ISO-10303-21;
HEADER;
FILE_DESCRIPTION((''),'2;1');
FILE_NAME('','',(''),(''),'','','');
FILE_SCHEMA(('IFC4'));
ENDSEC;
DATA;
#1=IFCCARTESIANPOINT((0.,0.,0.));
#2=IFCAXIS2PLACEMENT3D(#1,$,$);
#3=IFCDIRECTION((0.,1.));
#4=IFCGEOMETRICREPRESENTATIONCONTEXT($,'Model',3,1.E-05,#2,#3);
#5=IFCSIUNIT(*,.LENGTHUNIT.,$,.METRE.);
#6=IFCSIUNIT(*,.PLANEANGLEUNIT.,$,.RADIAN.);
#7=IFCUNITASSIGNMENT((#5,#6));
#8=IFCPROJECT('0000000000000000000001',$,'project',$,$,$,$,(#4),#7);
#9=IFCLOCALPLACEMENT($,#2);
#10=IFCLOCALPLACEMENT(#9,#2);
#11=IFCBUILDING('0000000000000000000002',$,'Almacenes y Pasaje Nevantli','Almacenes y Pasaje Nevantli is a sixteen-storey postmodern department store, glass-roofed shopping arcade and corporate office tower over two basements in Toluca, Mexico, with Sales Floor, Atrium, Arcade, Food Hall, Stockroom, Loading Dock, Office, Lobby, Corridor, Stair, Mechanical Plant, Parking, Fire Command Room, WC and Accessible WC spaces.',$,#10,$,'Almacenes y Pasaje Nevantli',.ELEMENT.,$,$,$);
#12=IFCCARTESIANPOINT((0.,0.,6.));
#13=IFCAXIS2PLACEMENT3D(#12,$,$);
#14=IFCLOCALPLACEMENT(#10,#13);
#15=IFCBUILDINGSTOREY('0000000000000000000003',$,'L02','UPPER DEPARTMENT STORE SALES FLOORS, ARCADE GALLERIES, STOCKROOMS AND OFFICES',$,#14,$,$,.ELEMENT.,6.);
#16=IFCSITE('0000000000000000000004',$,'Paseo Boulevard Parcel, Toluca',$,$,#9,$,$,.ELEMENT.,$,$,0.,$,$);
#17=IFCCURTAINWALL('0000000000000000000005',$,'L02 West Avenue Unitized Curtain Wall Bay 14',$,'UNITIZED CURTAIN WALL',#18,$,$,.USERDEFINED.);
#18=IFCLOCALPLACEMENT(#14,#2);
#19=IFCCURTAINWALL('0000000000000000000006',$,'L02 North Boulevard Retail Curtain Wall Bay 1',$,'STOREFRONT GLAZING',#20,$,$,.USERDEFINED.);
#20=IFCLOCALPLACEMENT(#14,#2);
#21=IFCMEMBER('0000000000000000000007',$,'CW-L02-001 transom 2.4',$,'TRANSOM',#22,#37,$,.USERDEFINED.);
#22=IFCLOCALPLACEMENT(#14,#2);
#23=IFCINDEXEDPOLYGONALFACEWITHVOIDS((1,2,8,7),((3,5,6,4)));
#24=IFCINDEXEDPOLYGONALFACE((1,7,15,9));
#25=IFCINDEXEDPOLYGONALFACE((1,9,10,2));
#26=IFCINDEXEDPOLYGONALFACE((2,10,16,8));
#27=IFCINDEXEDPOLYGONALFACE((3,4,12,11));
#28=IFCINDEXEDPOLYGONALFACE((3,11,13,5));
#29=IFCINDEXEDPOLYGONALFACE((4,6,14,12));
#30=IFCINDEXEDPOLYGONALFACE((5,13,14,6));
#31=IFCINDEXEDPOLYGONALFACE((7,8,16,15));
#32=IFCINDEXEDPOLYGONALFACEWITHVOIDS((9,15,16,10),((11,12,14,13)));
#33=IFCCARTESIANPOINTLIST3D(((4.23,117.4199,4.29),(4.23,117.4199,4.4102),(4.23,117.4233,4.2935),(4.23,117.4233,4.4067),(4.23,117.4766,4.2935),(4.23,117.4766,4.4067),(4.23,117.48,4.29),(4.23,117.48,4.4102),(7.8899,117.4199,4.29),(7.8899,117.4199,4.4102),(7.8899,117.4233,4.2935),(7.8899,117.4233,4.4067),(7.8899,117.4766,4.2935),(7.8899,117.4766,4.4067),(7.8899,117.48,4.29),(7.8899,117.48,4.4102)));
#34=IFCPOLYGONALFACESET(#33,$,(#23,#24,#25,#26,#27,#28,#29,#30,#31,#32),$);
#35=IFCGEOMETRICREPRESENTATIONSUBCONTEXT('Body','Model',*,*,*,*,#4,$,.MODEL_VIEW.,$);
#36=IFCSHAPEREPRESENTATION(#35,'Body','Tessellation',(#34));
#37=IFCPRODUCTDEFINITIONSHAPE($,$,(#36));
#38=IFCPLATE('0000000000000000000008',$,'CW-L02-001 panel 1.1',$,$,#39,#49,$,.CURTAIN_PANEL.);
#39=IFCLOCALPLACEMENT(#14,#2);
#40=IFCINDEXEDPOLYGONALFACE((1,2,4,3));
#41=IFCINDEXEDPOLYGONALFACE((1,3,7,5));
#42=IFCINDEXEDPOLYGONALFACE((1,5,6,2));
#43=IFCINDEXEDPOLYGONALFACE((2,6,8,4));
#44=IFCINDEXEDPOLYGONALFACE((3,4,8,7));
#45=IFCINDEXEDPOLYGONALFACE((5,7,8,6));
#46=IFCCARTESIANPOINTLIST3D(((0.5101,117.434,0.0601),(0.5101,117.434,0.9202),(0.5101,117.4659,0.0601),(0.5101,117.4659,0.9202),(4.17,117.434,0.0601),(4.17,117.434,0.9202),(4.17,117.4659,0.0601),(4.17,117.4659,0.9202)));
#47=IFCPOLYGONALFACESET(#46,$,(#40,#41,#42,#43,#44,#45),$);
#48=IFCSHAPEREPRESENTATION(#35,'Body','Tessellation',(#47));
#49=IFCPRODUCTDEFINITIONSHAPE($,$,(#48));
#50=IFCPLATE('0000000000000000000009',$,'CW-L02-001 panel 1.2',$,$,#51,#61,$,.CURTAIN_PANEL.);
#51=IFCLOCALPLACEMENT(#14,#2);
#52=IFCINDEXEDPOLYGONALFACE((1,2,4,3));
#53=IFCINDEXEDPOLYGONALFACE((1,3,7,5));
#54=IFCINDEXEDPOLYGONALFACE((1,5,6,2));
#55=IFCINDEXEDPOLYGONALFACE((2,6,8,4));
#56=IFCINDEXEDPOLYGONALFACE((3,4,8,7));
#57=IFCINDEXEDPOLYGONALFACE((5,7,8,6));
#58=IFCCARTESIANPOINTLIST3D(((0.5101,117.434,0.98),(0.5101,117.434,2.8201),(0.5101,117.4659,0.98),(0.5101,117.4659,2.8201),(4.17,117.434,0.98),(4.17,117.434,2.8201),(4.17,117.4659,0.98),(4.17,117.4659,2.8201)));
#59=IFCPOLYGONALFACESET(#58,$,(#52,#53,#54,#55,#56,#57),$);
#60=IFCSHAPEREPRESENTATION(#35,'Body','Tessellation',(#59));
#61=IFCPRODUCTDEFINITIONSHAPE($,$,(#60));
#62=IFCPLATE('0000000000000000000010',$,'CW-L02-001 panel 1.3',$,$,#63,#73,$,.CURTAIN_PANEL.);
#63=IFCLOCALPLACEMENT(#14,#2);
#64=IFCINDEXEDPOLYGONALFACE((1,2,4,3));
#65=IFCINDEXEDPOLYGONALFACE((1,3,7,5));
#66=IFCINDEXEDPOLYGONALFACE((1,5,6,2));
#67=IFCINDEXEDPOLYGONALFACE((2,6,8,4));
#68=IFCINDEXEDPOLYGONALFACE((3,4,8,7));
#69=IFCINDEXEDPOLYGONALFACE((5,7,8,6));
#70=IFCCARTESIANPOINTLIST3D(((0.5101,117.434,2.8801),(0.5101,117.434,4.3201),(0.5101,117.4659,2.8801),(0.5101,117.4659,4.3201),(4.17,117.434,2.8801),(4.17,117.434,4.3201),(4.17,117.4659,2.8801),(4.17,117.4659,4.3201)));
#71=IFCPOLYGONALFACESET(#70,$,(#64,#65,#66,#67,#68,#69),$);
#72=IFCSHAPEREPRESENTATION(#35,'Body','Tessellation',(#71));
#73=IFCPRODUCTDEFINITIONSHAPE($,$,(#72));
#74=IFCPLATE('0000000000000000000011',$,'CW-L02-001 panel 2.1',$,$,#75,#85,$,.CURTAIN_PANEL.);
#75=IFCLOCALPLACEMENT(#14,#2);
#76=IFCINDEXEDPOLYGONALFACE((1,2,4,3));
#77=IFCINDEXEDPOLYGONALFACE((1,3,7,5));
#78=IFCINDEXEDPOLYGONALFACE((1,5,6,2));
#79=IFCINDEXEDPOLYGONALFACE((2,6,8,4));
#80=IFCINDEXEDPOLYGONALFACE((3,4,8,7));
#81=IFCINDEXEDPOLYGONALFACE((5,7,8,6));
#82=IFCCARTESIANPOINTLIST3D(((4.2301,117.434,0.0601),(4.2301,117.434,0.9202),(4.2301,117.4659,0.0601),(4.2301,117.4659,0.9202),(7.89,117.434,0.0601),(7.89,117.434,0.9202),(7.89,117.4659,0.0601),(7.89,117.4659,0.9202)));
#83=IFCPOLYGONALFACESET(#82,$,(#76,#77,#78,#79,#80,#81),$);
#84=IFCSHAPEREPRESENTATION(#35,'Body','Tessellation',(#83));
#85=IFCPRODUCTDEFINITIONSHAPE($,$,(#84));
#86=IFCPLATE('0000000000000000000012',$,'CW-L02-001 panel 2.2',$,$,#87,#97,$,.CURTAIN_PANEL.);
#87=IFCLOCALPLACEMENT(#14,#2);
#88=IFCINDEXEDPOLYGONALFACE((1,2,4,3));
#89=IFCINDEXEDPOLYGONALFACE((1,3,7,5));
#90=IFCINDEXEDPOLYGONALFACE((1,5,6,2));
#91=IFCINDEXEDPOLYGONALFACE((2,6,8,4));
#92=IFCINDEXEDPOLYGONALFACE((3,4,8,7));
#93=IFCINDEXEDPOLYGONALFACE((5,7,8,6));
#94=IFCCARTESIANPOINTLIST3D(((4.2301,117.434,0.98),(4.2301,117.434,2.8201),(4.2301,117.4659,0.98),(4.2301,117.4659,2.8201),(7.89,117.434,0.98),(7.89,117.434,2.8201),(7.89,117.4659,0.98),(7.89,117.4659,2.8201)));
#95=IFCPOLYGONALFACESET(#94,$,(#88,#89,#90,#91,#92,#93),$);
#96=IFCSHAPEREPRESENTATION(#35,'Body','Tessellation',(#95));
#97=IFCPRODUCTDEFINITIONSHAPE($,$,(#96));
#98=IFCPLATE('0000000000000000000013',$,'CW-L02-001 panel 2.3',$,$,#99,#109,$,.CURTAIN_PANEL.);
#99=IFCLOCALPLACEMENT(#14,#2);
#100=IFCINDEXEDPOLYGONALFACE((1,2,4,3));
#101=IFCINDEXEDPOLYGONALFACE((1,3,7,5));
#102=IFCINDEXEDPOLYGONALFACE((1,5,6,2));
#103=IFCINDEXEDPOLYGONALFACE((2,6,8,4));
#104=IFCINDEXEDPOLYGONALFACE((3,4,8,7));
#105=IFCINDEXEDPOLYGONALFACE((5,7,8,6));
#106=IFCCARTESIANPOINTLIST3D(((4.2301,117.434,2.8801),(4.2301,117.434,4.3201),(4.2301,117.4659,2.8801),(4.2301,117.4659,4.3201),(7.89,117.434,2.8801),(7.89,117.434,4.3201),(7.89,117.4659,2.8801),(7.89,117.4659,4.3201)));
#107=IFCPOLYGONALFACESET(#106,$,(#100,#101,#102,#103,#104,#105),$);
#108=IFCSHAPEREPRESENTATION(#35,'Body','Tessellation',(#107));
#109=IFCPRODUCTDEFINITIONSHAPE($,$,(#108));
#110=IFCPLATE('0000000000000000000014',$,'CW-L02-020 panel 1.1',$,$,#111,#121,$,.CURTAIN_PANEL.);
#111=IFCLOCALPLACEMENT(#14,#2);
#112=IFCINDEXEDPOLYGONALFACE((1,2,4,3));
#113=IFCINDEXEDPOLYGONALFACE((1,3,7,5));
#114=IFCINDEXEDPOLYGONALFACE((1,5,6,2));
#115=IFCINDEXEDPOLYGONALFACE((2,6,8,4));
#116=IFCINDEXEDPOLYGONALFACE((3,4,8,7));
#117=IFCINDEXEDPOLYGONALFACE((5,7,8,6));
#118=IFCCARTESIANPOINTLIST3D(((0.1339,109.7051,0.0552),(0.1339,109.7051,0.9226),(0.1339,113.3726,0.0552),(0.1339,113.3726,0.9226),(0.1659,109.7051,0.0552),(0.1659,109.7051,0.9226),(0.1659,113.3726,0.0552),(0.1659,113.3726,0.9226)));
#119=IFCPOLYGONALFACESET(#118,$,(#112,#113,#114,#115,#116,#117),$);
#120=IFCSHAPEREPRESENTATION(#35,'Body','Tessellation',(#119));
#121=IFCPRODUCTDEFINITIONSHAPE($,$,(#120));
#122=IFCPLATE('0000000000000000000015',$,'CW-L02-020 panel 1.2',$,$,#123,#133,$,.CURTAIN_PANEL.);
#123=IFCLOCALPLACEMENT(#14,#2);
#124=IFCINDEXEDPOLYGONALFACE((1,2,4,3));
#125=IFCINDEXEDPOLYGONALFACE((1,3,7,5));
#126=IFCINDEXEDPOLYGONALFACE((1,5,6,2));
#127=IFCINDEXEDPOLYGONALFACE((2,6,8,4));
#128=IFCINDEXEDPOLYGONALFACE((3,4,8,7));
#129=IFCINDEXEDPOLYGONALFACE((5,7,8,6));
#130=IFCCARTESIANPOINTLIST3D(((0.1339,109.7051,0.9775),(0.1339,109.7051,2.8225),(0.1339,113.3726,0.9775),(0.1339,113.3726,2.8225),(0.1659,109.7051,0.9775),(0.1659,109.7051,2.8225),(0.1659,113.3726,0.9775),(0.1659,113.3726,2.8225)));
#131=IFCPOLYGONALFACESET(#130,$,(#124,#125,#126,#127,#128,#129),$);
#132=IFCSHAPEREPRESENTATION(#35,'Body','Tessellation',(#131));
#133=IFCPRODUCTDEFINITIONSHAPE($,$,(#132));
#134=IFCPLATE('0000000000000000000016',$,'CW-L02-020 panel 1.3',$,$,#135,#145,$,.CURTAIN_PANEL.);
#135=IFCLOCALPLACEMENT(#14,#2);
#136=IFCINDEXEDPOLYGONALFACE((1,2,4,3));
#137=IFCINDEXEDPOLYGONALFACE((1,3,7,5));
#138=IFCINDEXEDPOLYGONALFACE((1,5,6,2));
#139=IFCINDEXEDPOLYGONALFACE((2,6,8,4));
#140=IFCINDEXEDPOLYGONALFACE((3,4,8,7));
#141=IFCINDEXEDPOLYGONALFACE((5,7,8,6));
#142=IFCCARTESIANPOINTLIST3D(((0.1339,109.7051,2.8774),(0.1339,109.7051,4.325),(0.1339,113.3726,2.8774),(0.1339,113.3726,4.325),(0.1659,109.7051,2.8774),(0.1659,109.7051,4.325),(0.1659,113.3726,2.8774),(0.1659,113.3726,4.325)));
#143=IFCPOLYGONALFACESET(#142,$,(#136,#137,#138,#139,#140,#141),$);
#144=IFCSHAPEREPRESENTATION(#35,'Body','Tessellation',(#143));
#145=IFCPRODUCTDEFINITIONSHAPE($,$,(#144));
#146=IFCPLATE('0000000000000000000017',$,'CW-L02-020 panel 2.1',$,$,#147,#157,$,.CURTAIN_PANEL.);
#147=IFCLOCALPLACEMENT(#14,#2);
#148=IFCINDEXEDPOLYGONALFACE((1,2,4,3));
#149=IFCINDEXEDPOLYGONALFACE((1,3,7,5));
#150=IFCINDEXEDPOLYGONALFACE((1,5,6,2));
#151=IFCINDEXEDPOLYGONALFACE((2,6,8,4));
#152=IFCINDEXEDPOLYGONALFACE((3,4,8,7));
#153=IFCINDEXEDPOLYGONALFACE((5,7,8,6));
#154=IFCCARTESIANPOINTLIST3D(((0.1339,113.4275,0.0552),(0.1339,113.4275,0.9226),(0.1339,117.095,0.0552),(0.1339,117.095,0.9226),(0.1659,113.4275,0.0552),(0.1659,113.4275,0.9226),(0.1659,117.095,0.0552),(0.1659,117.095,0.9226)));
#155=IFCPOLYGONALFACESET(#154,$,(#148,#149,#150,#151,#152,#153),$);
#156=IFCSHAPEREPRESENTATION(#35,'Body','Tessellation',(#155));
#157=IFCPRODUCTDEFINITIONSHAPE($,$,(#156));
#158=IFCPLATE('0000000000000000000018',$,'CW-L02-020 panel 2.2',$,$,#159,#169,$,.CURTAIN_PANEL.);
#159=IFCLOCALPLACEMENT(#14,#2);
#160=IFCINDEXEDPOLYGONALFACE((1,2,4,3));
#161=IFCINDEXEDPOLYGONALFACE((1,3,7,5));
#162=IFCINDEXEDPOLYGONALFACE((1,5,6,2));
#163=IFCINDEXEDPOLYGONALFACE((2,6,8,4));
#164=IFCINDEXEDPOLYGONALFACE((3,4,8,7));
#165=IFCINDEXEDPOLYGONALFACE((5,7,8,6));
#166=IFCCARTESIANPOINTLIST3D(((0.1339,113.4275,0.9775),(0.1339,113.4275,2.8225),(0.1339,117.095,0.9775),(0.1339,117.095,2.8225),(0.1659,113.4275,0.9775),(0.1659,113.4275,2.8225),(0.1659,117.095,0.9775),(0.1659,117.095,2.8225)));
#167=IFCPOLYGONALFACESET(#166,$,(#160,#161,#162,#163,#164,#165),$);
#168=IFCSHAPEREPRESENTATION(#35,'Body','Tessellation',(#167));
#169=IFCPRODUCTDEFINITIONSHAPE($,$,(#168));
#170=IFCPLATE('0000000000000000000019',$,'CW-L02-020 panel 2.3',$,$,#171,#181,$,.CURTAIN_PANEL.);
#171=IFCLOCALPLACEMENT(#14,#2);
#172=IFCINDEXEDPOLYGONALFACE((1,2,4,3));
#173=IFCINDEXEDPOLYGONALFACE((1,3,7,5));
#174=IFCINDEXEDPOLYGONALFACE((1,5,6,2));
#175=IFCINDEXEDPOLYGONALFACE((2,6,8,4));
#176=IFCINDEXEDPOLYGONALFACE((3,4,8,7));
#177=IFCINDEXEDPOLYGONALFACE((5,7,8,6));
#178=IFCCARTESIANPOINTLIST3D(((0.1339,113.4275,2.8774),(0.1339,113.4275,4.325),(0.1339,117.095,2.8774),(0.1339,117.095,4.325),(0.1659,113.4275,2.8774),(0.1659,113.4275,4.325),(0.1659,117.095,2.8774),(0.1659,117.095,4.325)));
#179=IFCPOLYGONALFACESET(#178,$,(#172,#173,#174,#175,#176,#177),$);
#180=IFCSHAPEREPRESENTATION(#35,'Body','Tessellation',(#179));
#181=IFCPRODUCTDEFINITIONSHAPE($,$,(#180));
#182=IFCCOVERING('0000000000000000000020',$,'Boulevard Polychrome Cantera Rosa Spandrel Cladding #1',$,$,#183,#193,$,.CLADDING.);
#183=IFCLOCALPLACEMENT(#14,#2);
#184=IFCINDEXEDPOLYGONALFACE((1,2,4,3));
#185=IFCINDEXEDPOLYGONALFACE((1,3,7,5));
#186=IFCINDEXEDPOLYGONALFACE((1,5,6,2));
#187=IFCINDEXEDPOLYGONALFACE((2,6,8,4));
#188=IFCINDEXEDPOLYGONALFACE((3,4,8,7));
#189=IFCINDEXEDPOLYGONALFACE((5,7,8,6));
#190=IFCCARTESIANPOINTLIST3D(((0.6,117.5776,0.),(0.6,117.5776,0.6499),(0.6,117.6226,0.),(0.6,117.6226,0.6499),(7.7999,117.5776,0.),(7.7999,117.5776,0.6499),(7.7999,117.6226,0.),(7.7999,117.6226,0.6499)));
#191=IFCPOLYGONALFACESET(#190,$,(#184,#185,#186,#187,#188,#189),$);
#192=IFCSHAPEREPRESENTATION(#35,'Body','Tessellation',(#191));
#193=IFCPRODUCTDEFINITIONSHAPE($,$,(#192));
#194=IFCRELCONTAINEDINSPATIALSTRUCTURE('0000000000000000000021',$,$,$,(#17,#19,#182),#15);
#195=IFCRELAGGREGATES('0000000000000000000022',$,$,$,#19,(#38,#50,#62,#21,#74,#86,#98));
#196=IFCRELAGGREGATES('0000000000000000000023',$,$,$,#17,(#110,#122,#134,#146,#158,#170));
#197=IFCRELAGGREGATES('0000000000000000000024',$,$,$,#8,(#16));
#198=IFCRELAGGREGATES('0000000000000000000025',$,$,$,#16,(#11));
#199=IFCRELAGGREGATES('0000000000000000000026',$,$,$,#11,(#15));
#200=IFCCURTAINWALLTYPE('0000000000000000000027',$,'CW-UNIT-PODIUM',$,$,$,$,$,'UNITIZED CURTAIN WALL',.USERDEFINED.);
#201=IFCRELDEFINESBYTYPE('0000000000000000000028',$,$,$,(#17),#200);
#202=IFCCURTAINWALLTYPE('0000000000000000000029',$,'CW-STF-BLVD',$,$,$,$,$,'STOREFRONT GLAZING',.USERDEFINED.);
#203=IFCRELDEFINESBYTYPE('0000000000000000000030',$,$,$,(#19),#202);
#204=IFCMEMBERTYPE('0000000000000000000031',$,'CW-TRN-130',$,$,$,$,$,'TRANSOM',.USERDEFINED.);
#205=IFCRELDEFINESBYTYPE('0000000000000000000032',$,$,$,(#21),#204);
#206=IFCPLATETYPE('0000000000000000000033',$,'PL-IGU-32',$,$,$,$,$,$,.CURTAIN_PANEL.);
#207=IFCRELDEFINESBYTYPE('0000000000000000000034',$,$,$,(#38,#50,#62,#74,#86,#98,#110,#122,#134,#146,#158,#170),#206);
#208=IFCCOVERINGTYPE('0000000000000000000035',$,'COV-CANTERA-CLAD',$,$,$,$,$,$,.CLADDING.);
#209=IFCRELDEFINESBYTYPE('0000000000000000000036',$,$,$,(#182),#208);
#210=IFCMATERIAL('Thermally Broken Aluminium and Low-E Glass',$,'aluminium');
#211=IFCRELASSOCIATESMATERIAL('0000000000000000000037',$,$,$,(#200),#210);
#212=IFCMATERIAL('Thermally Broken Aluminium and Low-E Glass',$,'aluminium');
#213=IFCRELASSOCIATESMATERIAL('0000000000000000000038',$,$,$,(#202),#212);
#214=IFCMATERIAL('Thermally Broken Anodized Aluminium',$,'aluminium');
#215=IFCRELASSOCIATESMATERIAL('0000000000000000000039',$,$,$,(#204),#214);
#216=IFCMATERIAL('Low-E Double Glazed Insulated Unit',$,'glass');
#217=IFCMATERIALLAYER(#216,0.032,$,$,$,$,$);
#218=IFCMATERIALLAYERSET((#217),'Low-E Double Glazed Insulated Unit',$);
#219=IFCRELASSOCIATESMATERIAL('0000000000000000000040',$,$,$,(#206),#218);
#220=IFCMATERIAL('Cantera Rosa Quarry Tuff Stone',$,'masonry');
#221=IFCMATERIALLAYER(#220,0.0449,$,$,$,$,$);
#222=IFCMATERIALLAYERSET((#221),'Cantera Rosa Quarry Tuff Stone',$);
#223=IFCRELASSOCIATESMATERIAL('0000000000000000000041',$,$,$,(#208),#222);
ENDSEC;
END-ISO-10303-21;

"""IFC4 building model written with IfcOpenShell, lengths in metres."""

from ifc_helpers import new_model, si_unit, direction, frame, origin, origin_2d, place, context, subcontext, project, spatial, rectangle, hollow_rectangle, extrude, material, layer, layer_set, material_profile, profile_set, type_object, element, aggregate, save


model = new_model("IFC4")

# Units and contexts
model_context = context("Model", 3, precision=1e-05, world=origin(), true_north=direction((0.0, 1.0)))
body_context = subcontext(model_context, "Body", "Model", "MODEL_VIEW")
ifc_project = project(units=[si_unit("LENGTHUNIT", "METRE"), si_unit("PLANEANGLEUNIT", "RADIAN")], contexts=[model_context])

# Site, building, storey
site_placement = place(None, origin())
site = spatial("IfcSite", under=ifc_project, at=site_placement, Name="Paseo Boulevard Parcel, Toluca", CompositionType="ELEMENT", RefElevation=0.0)
building_placement = place(site_placement, origin())
building = spatial("IfcBuilding", under=site, at=building_placement, Name="Almacenes y Pasaje Nevantli", Description="Almacenes y Pasaje Nevantli is a sixteen-storey postmodern department store, glass-roofed shopping arcade and corporate office tower over two basements in Toluca, Mexico, with Sales Floor, Atrium, Arcade, Food Hall, Stockroom, Loading Dock, Office, Lobby, Corridor, Stair, Mechanical Plant, Parking, Fire Command Room, WC and Accessible WC spaces.", LongName="Almacenes y Pasaje Nevantli", CompositionType="ELEMENT")
storey_placement = place(building_placement, frame((0.0, 0.0, 6.0)))
storey = spatial("IfcBuildingStorey", under=building, at=storey_placement, Name="L02", Description="UPPER DEPARTMENT STORE SALES FLOORS, ARCADE GALLERIES, STOCKROOMS AND OFFICES", CompositionType="ELEMENT", Elevation=6.0)

# Curtain walls
ifc_material_1 = material(Name="Thermally Broken Aluminium and Low-E Glass", Category="aluminium")
curtain_wall_type_1 = type_object("IfcCurtainWallType", Name="CW-UNIT-PODIUM", ElementType="UNITIZED CURTAIN WALL", PredefinedType="USERDEFINED", material=ifc_material_1)
curtain_wall_1_placement = place(storey_placement, origin())
curtain_wall_1 = element("IfcCurtainWall", 1, at=curtain_wall_1_placement, inside=storey, type_object=curtain_wall_type_1, Name="L02 West Avenue Unitized Curtain Wall Bay 14", ObjectType="UNITIZED CURTAIN WALL", PredefinedType="USERDEFINED")
ifc_material_2 = material(Name="Thermally Broken Aluminium and Low-E Glass", Category="aluminium")
curtain_wall_type_2 = type_object("IfcCurtainWallType", Name="CW-STF-BLVD", ElementType="STOREFRONT GLAZING", PredefinedType="USERDEFINED", material=ifc_material_2)
curtain_wall_2_placement = place(storey_placement, origin())
curtain_wall_2 = element("IfcCurtainWall", 2, at=curtain_wall_2_placement, inside=storey, type_object=curtain_wall_type_2, Name="L02 North Boulevard Retail Curtain Wall Bay 1", ObjectType="STOREFRONT GLAZING", PredefinedType="USERDEFINED")

# Member
ifc_material_3 = material(Name="Thermally Broken Anodized Aluminium", Category="aluminium")
ifc_material_profile_1 = material_profile(ifc_material_3, hollow_rectangle(XDim=0.0601, YDim=0.1201, WallThickness=0.0034, at=origin_2d()), Name="ALU-TRN-60x120")
ifc_profile_set_1 = profile_set([ifc_material_profile_1], Name="Thermally Broken Anodized Aluminium")
member_type_1 = type_object("IfcMemberType", Name="CW-TRN-130", ElementType="TRANSOM", PredefinedType="USERDEFINED", material=ifc_profile_set_1)
member_1_placement = place(storey_placement, frame((4.23, 117.45, 4.3501), z_axis=(1.0, 0.0, 0.0), x_axis=(0.0, 1.0, 0.0)))
member_1 = element("IfcMember", 3, at=member_1_placement, type_object=member_type_1, Name="CW-L02-001 transom 2.4", ObjectType="TRANSOM", PredefinedType="USERDEFINED", context=body_context, shape_type="SweptSolid", body=[
    extrude(hollow_rectangle(XDim=0.0601, YDim=0.1201, WallThickness=0.0034, at=origin_2d()), origin(), (0.0, 0.0, 1.0), 3.6599),
])

# Plates
ifc_material_4 = material(Name="Low-E Double Glazed Insulated Unit", Category="glass")
ifc_layer_1 = layer(ifc_material_4, 0.032)
ifc_layer_set_1 = layer_set([ifc_layer_1], Name="Low-E Double Glazed Insulated Unit")
plate_type = type_object("IfcPlateType", Name="PL-IGU-32", PredefinedType="CURTAIN_PANEL", material=ifc_layer_set_1)
plate_1_placement = place(storey_placement, frame((2.3401, 117.45, 0.0601), z_axis=(0.0, 0.0, 1.0), x_axis=(1.0, 0.0, 0.0)))
plate_1 = element("IfcPlate", 4, at=plate_1_placement, type_object=plate_type, Name="CW-L02-001 panel 1.1", PredefinedType="CURTAIN_PANEL", context=body_context, shape_type="SweptSolid", body=[
    extrude(rectangle(XDim=3.6599, YDim=0.032, at=origin_2d()), origin(), (0.0, 0.0, 1.0), 0.8601),
])
plate_2_placement = place(storey_placement, frame((2.3401, 117.45, 0.98), z_axis=(0.0, 0.0, 1.0), x_axis=(1.0, 0.0, 0.0)))
plate_2 = element("IfcPlate", 5, at=plate_2_placement, type_object=plate_type, Name="CW-L02-001 panel 1.2", PredefinedType="CURTAIN_PANEL", context=body_context, shape_type="SweptSolid", body=[
    extrude(rectangle(XDim=3.6599, YDim=0.032, at=origin_2d()), origin(), (0.0, 0.0, 1.0), 1.8401),
])
plate_3_placement = place(storey_placement, frame((2.3401, 117.45, 2.8801), z_axis=(0.0, 0.0, 1.0), x_axis=(1.0, 0.0, 0.0)))
plate_3 = element("IfcPlate", 6, at=plate_3_placement, type_object=plate_type, Name="CW-L02-001 panel 1.3", PredefinedType="CURTAIN_PANEL", context=body_context, shape_type="SweptSolid", body=[
    extrude(rectangle(XDim=3.6599, YDim=0.032, at=origin_2d()), origin(), (0.0, 0.0, 1.0), 1.4399),
])
plate_4_placement = place(storey_placement, frame((6.0601, 117.45, 0.0601), z_axis=(0.0, 0.0, 1.0), x_axis=(1.0, 0.0, 0.0)))
plate_4 = element("IfcPlate", 7, at=plate_4_placement, type_object=plate_type, Name="CW-L02-001 panel 2.1", PredefinedType="CURTAIN_PANEL", context=body_context, shape_type="SweptSolid", body=[
    extrude(rectangle(XDim=3.6599, YDim=0.032, at=origin_2d()), origin(), (0.0, 0.0, 1.0), 0.8601),
])
plate_5_placement = place(storey_placement, frame((6.0601, 117.45, 0.98), z_axis=(0.0, 0.0, 1.0), x_axis=(1.0, 0.0, 0.0)))
plate_5 = element("IfcPlate", 8, at=plate_5_placement, type_object=plate_type, Name="CW-L02-001 panel 2.2", PredefinedType="CURTAIN_PANEL", context=body_context, shape_type="SweptSolid", body=[
    extrude(rectangle(XDim=3.6599, YDim=0.032, at=origin_2d()), origin(), (0.0, 0.0, 1.0), 1.8401),
])
plate_6_placement = place(storey_placement, frame((6.0601, 117.45, 2.8801), z_axis=(0.0, 0.0, 1.0), x_axis=(1.0, 0.0, 0.0)))
plate_6 = element("IfcPlate", 9, at=plate_6_placement, type_object=plate_type, Name="CW-L02-001 panel 2.3", PredefinedType="CURTAIN_PANEL", context=body_context, shape_type="SweptSolid", body=[
    extrude(rectangle(XDim=3.6599, YDim=0.032, at=origin_2d()), origin(), (0.0, 0.0, 1.0), 1.4399),
])
aggregate(curtain_wall_2, [plate_1, plate_2, plate_3, member_1, plate_4, plate_5, plate_6])
plate_7_placement = place(storey_placement, frame((0.1499, 111.5388, 0.0552), z_axis=(0.0, 0.0, 1.0), x_axis=(0.0, 1.0, 0.0)))
plate_7 = element("IfcPlate", 10, at=plate_7_placement, type_object=plate_type, Name="CW-L02-020 panel 1.1", PredefinedType="CURTAIN_PANEL", context=body_context, shape_type="SweptSolid", body=[
    extrude(rectangle(XDim=3.6675, YDim=0.032, at=origin_2d()), origin(), (0.0, 0.0, 1.0), 0.8674),
])
plate_8_placement = place(storey_placement, frame((0.1499, 111.5388, 0.9775), z_axis=(0.0, 0.0, 1.0), x_axis=(0.0, 1.0, 0.0)))
plate_8 = element("IfcPlate", 11, at=plate_8_placement, type_object=plate_type, Name="CW-L02-020 panel 1.2", PredefinedType="CURTAIN_PANEL", context=body_context, shape_type="SweptSolid", body=[
    extrude(rectangle(XDim=3.6675, YDim=0.032, at=origin_2d()), origin(), (0.0, 0.0, 1.0), 1.845),
])
plate_9_placement = place(storey_placement, frame((0.1499, 111.5388, 2.8774), z_axis=(0.0, 0.0, 1.0), x_axis=(0.0, 1.0, 0.0)))
plate_9 = element("IfcPlate", 12, at=plate_9_placement, type_object=plate_type, Name="CW-L02-020 panel 1.3", PredefinedType="CURTAIN_PANEL", context=body_context, shape_type="SweptSolid", body=[
    extrude(rectangle(XDim=3.6675, YDim=0.032, at=origin_2d()), origin(), (0.0, 0.0, 1.0), 1.4475),
])
plate_10_placement = place(storey_placement, frame((0.1499, 115.2612, 0.0552), z_axis=(0.0, 0.0, 1.0), x_axis=(0.0, 1.0, 0.0)))
plate_10 = element("IfcPlate", 13, at=plate_10_placement, type_object=plate_type, Name="CW-L02-020 panel 2.1", PredefinedType="CURTAIN_PANEL", context=body_context, shape_type="SweptSolid", body=[
    extrude(rectangle(XDim=3.6675, YDim=0.032, at=origin_2d()), origin(), (0.0, 0.0, 1.0), 0.8674),
])
plate_11_placement = place(storey_placement, frame((0.1499, 115.2612, 0.9775), z_axis=(0.0, 0.0, 1.0), x_axis=(0.0, 1.0, 0.0)))
plate_11 = element("IfcPlate", 14, at=plate_11_placement, type_object=plate_type, Name="CW-L02-020 panel 2.2", PredefinedType="CURTAIN_PANEL", context=body_context, shape_type="SweptSolid", body=[
    extrude(rectangle(XDim=3.6675, YDim=0.032, at=origin_2d()), origin(), (0.0, 0.0, 1.0), 1.845),
])
plate_12_placement = place(storey_placement, frame((0.1499, 115.2612, 2.8774), z_axis=(0.0, 0.0, 1.0), x_axis=(0.0, 1.0, 0.0)))
plate_12 = element("IfcPlate", 15, at=plate_12_placement, type_object=plate_type, Name="CW-L02-020 panel 2.3", PredefinedType="CURTAIN_PANEL", context=body_context, shape_type="SweptSolid", body=[
    extrude(rectangle(XDim=3.6675, YDim=0.032, at=origin_2d()), origin(), (0.0, 0.0, 1.0), 1.4475),
])
aggregate(curtain_wall_1, [plate_7, plate_8, plate_9, plate_10, plate_11, plate_12])

# Covering
ifc_material_5 = material(Name="Cantera Rosa Quarry Tuff Stone", Category="masonry")
ifc_layer_2 = layer(ifc_material_5, 0.0449)
ifc_layer_set_2 = layer_set([ifc_layer_2], Name="Cantera Rosa Quarry Tuff Stone")
covering_type = type_object("IfcCoveringType", Name="COV-CANTERA-CLAD", PredefinedType="CLADDING", material=ifc_layer_set_2)
covering_placement = place(storey_placement, frame((4.2, 117.6001, 0.0), z_axis=(0.0, 0.0, 1.0), x_axis=(1.0, 0.0, 0.0)))
element("IfcCovering", 16, at=covering_placement, inside=storey, type_object=covering_type, Name="Boulevard Polychrome Cantera Rosa Spandrel Cladding #1", PredefinedType="CLADDING", context=body_context, shape_type="SweptSolid", body=[
    extrude(rectangle(XDim=7.2, YDim=0.0449, at=origin_2d()), origin(), (0.0, 0.0, 1.0), 0.6499),
])

save(model, "model.ifc")
